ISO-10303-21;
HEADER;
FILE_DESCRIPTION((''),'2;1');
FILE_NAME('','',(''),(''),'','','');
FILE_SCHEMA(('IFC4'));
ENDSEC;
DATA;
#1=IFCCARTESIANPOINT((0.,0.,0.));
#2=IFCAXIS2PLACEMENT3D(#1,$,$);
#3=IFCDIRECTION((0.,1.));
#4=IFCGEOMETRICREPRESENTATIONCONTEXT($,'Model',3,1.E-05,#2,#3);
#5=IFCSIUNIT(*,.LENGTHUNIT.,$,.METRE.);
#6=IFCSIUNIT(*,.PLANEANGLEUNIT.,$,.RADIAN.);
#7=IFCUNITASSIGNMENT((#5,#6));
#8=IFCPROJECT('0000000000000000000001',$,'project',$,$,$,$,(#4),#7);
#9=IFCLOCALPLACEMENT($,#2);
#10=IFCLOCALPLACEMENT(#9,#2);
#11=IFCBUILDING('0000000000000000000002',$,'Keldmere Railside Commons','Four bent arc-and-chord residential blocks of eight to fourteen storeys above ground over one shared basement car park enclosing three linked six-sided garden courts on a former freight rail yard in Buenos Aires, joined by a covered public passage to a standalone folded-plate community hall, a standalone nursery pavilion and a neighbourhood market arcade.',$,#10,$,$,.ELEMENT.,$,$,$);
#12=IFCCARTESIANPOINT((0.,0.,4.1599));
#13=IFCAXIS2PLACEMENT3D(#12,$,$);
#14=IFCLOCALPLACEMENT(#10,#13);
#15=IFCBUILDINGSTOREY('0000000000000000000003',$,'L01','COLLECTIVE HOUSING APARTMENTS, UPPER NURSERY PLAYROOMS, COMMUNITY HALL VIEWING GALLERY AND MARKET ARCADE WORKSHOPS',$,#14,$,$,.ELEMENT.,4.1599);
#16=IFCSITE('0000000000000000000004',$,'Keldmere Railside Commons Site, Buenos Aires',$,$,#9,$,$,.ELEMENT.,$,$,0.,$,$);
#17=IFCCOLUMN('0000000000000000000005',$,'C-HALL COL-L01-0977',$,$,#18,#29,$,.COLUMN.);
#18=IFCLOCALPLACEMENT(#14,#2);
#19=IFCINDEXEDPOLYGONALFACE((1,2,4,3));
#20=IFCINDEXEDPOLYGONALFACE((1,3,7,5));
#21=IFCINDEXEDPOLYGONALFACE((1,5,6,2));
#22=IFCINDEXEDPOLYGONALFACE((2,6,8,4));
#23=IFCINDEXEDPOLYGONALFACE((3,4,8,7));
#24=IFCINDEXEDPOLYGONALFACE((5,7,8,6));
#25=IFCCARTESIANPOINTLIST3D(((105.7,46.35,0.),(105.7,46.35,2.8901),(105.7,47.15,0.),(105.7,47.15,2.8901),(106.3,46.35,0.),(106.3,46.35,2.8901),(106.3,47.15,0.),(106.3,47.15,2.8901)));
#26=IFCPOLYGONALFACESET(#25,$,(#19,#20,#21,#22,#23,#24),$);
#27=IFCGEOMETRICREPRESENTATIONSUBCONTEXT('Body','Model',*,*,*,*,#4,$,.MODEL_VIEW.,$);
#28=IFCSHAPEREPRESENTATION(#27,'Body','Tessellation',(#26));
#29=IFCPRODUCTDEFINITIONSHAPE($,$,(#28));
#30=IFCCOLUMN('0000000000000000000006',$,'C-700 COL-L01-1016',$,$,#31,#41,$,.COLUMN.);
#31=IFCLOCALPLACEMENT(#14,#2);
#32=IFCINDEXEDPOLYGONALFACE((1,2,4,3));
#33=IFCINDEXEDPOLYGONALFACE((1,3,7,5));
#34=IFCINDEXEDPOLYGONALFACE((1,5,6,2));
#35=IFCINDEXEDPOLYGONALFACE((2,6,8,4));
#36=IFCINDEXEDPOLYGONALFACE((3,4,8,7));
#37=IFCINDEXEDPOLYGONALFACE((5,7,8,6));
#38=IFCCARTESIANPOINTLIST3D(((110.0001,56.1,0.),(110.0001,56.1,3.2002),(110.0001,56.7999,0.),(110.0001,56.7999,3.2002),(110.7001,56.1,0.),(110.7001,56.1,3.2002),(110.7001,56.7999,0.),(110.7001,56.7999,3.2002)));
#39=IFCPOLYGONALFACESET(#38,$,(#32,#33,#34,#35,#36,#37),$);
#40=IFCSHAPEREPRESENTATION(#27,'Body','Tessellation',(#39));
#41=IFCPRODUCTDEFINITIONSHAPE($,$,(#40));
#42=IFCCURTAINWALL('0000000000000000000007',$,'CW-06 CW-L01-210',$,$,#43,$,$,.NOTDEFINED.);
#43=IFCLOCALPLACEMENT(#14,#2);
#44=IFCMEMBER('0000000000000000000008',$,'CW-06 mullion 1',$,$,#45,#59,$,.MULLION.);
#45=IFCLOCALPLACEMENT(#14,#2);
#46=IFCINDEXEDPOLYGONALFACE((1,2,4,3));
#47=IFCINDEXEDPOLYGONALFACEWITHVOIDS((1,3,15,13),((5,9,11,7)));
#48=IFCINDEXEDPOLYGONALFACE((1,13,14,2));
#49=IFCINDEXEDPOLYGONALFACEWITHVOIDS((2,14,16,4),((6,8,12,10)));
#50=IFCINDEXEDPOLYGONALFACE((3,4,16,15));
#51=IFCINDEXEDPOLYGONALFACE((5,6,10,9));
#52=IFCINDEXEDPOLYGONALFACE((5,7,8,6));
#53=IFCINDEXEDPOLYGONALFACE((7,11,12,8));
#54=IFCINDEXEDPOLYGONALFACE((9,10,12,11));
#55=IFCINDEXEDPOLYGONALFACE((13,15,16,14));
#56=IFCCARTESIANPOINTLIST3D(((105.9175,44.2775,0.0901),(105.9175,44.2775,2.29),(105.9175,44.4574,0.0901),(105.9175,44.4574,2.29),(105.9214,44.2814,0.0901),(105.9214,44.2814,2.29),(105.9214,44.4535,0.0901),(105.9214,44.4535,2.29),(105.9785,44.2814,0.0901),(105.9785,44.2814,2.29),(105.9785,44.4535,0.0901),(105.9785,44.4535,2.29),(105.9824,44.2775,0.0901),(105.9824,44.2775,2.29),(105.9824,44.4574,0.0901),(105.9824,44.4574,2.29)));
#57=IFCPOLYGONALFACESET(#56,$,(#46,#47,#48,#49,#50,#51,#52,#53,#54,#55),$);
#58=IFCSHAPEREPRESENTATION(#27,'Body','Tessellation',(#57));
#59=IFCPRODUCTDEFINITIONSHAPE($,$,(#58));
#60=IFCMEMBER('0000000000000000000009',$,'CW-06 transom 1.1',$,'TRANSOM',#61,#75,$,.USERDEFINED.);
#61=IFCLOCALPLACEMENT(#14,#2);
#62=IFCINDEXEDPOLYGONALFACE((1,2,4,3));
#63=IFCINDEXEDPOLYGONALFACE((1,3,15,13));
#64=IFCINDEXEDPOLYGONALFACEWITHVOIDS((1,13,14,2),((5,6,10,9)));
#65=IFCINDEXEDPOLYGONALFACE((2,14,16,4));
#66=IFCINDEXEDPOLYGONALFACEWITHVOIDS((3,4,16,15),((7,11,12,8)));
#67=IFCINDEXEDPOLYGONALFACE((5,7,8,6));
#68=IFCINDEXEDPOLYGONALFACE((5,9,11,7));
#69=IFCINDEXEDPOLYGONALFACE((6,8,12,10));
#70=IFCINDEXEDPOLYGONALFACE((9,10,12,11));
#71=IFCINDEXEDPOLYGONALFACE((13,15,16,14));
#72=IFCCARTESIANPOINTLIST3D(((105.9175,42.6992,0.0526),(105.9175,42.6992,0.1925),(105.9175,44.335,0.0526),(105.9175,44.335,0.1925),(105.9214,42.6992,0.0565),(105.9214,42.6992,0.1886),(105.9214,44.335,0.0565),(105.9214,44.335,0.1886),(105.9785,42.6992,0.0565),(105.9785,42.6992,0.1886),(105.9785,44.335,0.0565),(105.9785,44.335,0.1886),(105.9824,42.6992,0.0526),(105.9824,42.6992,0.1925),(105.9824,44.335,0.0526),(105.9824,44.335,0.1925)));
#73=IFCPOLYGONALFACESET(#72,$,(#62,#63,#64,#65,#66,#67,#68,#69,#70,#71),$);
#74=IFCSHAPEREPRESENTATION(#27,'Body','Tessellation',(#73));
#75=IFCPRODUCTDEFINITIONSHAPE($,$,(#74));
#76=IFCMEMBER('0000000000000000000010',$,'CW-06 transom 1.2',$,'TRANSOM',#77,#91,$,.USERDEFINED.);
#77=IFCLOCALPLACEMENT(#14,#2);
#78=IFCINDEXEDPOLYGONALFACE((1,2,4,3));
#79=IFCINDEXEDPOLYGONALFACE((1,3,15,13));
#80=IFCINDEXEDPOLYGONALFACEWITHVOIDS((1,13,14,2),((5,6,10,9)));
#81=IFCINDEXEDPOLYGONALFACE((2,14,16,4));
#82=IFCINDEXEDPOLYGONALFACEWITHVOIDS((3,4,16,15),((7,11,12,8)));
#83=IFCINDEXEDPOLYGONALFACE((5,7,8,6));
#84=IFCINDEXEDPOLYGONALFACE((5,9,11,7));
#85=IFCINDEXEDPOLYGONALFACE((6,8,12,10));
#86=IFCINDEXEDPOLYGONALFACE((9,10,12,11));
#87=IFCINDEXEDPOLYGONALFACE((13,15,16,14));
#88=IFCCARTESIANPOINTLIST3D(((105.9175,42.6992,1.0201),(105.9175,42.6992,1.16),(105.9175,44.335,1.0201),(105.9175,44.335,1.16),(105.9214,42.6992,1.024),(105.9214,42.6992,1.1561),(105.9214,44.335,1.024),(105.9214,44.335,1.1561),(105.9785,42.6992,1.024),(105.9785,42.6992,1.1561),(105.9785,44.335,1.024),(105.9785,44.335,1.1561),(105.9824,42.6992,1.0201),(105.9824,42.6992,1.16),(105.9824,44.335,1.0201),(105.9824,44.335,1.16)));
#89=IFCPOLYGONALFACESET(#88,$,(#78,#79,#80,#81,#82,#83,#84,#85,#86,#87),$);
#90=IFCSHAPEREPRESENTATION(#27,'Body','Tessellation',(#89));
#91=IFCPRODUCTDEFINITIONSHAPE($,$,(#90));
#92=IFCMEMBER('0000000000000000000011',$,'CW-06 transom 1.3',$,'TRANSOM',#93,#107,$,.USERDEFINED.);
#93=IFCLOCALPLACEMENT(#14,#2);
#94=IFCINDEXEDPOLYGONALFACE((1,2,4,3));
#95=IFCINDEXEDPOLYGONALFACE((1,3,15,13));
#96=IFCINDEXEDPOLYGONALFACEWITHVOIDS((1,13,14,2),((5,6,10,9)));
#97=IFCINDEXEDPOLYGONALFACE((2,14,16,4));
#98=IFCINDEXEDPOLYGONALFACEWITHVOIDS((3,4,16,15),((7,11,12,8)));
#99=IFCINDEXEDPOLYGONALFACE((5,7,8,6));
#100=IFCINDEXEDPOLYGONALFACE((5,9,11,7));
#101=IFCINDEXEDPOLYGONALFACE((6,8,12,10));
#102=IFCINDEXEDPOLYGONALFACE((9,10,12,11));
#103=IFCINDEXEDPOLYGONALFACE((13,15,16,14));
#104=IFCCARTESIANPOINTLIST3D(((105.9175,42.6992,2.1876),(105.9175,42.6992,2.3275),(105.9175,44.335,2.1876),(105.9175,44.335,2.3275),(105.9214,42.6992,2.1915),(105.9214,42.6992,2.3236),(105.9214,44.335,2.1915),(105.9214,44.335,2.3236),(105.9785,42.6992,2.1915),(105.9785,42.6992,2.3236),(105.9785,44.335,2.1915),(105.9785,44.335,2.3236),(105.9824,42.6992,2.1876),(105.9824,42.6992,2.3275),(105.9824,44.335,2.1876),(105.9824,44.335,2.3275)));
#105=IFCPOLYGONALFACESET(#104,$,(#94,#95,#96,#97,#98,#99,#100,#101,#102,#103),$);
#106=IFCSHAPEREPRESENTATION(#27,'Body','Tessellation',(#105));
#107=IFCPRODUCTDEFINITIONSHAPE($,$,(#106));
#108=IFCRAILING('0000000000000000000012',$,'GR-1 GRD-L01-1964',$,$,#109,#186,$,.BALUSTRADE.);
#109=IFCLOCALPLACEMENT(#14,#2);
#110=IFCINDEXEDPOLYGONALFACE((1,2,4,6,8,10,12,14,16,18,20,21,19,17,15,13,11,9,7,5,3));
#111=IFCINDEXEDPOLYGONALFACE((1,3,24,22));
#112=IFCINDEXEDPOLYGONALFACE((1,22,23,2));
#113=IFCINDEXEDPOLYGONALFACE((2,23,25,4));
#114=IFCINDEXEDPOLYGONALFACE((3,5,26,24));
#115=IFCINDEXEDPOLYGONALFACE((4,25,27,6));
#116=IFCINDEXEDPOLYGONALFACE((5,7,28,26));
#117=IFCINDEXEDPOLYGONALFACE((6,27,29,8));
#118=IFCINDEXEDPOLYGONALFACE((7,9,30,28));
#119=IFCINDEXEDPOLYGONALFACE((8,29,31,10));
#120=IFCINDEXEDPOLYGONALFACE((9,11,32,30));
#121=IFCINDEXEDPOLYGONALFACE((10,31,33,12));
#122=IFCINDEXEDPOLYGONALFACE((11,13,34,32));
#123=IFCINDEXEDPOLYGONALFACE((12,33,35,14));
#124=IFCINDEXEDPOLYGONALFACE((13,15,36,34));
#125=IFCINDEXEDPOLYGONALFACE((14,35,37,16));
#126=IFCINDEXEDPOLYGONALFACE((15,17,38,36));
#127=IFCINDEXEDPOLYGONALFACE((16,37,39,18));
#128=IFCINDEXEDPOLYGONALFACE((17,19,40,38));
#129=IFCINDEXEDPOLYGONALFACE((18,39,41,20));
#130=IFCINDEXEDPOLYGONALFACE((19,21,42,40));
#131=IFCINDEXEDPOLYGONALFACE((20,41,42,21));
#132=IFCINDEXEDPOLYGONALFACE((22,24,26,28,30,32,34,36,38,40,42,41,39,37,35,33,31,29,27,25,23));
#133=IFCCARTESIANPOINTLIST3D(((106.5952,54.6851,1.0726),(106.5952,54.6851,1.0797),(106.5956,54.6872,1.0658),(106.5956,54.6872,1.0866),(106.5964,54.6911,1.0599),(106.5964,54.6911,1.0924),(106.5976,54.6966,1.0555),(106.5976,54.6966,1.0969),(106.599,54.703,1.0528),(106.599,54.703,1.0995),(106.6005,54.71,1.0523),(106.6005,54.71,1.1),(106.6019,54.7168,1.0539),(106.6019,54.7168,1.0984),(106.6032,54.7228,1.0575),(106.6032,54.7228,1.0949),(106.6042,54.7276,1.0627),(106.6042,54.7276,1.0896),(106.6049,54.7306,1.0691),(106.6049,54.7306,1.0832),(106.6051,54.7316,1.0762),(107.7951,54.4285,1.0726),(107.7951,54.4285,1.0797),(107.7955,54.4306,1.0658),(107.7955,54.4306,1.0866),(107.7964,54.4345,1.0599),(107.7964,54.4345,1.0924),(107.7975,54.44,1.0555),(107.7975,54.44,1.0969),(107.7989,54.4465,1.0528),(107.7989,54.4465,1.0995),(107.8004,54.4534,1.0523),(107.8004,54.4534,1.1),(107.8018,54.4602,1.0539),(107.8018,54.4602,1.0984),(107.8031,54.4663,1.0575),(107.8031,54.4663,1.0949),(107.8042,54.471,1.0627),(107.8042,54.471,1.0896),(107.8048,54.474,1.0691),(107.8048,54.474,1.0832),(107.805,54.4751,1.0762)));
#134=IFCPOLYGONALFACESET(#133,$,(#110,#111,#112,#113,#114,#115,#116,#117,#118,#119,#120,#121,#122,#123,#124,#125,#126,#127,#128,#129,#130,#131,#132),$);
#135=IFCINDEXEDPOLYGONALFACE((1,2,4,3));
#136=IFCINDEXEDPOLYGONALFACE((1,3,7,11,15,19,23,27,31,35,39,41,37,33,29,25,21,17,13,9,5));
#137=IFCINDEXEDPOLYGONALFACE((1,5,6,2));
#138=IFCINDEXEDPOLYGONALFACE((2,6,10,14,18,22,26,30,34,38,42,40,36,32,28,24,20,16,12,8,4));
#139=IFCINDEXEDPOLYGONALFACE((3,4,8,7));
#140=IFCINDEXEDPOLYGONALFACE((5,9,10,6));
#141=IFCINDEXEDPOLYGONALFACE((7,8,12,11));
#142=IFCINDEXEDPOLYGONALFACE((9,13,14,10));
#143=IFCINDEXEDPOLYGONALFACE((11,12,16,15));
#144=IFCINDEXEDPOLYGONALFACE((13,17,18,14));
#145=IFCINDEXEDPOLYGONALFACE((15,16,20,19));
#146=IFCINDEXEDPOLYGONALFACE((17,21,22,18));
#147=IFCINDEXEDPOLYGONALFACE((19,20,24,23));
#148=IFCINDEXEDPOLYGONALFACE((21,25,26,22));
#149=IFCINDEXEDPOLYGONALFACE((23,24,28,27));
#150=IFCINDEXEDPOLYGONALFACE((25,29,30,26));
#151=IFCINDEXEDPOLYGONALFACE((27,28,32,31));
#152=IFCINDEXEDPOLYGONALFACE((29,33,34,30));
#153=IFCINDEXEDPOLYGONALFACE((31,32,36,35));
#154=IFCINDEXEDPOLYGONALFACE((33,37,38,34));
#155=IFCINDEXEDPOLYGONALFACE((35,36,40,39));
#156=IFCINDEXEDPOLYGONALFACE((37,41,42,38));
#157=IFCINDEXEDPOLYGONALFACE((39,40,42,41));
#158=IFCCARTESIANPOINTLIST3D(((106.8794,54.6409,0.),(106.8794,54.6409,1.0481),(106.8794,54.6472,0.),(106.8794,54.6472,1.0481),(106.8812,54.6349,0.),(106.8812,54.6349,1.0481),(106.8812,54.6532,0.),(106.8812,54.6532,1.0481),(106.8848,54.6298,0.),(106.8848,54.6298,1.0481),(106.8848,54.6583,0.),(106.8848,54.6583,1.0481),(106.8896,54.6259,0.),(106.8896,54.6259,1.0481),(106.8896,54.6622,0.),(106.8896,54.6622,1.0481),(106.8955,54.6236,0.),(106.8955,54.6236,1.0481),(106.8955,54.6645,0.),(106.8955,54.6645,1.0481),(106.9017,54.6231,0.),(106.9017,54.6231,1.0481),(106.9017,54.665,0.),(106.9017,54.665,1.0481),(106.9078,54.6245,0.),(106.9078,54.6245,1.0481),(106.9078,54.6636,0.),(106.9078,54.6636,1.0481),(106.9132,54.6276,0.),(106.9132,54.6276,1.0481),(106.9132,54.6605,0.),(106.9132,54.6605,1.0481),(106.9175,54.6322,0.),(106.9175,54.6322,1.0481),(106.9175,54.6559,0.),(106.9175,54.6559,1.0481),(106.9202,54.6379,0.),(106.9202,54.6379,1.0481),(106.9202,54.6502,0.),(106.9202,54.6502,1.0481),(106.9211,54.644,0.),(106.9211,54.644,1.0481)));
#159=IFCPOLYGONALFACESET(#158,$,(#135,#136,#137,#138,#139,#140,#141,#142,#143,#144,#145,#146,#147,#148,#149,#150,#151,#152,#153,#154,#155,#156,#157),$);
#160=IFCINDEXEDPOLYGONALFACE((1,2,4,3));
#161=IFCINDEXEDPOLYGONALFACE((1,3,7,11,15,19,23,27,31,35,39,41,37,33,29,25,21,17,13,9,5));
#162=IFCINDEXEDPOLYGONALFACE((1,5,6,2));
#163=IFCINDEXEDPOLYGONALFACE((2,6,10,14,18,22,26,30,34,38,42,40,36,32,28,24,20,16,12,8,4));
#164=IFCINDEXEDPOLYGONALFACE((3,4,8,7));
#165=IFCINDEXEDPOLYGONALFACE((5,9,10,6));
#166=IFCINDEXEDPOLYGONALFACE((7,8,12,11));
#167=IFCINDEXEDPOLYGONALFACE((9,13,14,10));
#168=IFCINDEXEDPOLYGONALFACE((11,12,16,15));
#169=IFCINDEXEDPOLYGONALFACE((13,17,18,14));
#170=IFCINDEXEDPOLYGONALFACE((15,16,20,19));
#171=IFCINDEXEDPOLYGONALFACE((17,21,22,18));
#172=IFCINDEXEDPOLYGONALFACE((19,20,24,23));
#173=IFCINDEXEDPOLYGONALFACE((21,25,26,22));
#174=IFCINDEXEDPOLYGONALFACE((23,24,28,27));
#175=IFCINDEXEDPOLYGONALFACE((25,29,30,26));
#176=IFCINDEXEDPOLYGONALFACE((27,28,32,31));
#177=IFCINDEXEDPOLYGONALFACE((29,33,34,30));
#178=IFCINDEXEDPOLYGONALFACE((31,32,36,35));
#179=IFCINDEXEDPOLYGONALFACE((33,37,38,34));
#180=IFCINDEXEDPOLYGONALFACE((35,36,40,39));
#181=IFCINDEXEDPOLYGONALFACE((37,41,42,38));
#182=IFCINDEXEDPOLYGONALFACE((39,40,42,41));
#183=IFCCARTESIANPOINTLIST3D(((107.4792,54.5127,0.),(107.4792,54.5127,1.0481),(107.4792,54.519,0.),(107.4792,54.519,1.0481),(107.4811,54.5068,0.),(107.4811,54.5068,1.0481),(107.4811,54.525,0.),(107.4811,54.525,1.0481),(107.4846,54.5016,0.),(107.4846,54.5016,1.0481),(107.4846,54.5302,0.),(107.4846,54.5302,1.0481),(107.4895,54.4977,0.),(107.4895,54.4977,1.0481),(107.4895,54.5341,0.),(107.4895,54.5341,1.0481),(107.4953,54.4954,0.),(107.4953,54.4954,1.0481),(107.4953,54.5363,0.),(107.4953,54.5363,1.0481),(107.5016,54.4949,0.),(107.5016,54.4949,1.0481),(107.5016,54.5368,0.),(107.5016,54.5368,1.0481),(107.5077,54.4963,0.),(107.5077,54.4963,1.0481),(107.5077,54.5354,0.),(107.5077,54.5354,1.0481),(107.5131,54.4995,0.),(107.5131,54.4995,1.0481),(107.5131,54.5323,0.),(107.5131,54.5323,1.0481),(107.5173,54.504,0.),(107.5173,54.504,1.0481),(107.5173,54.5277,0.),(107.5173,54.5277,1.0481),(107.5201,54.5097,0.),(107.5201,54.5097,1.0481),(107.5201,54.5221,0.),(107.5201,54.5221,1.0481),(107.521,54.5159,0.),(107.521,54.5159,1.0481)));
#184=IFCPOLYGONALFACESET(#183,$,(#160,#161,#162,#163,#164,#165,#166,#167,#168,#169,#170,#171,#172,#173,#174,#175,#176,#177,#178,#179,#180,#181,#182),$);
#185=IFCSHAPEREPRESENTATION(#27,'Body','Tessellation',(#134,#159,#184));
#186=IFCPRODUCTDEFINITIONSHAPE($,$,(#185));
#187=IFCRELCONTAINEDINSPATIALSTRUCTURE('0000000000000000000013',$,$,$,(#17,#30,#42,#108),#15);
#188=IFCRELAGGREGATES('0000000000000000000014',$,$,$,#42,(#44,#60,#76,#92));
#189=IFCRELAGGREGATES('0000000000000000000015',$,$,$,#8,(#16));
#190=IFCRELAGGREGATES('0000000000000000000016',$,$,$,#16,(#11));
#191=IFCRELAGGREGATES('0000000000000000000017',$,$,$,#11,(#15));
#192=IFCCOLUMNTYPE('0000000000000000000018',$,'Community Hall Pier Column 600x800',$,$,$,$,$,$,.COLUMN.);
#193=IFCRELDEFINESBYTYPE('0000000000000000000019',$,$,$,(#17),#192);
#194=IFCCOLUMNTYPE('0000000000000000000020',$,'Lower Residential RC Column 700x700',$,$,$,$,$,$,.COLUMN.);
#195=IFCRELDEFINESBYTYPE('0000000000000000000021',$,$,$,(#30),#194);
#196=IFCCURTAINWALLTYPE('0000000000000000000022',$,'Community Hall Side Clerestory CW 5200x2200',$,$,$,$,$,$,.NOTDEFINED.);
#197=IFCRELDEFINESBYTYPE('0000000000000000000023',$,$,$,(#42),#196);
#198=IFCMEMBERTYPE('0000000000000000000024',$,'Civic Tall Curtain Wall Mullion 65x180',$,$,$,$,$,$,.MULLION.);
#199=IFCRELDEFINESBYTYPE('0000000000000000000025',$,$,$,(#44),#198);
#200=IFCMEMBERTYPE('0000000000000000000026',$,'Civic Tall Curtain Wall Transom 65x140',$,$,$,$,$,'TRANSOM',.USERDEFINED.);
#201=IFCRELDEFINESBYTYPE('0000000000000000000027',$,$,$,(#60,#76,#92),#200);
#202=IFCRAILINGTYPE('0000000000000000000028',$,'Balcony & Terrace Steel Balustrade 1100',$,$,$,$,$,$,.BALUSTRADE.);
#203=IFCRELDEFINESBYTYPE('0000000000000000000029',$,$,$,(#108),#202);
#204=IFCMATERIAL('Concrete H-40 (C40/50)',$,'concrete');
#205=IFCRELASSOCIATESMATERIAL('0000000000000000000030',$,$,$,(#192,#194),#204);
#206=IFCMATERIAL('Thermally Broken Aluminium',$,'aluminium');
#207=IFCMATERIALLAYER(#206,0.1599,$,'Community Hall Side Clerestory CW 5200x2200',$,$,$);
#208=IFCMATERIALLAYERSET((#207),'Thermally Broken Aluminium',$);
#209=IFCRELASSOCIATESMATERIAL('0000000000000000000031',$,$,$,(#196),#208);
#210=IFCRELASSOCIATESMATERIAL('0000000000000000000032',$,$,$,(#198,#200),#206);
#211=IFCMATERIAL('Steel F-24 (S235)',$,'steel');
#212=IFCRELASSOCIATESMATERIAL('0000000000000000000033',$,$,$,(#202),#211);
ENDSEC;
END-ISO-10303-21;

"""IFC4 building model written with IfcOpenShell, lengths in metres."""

from ifc_helpers import new_model, si_unit, direction, frame, origin, origin_2d, place, context, subcontext, project, spatial, rectangle, hollow_rectangle, circle, extrude, material, layer, layer_set, material_profile, profile_set, type_object, element, aggregate, save


model = new_model("IFC4")

# Units and contexts
model_context = context("Model", 3, precision=1e-05, world=origin(), true_north=direction((0.0, 1.0)))
body_context = subcontext(model_context, "Body", "Model", "MODEL_VIEW")
ifc_project = project(units=[si_unit("LENGTHUNIT", "METRE"), si_unit("PLANEANGLEUNIT", "RADIAN")], contexts=[model_context])

# Site, building, storey
site_placement = place(None, origin())
site = spatial("IfcSite", under=ifc_project, at=site_placement, Name="Keldmere Railside Commons Site, Buenos Aires", CompositionType="ELEMENT", RefElevation=0.0)
building_placement = place(site_placement, origin())
building = spatial("IfcBuilding", under=site, at=building_placement, Name="Keldmere Railside Commons", Description="Four bent arc-and-chord residential blocks of eight to fourteen storeys above ground over one shared basement car park enclosing three linked six-sided garden courts on a former freight rail yard in Buenos Aires, joined by a covered public passage to a standalone folded-plate community hall, a standalone nursery pavilion and a neighbourhood market arcade.", CompositionType="ELEMENT")
storey_placement = place(building_placement, frame((0.0, 0.0, 4.1599)))
storey = spatial("IfcBuildingStorey", under=building, at=storey_placement, Name="L01", Description="COLLECTIVE HOUSING APARTMENTS, UPPER NURSERY PLAYROOMS, COMMUNITY HALL VIEWING GALLERY AND MARKET ARCADE WORKSHOPS", CompositionType="ELEMENT", Elevation=4.1599)

# Columns
ifc_material_1 = material(Name="Concrete H-40 (C40/50)", Category="concrete")
ifc_material_profile_1 = material_profile(ifc_material_1, rectangle(XDim=0.6001, YDim=0.8, at=origin_2d()), Name="RC-600x800")
ifc_profile_set_1 = profile_set([ifc_material_profile_1], Name="Concrete H-40 (C40/50)")
column_type_1 = type_object("IfcColumnType", Name="Community Hall Pier Column 600x800", PredefinedType="COLUMN", material=ifc_profile_set_1)
column_1_placement = place(storey_placement, frame((106.0, 46.75, 0.0), z_axis=(0.0, 0.0, 1.0), x_axis=(1.0, 0.0, 0.0)))
element("IfcColumn", 1, at=column_1_placement, inside=storey, type_object=column_type_1, Name="C-HALL COL-L01-0977", PredefinedType="COLUMN", context=body_context, shape_type="SweptSolid", body=[
    extrude(rectangle(XDim=0.6001, YDim=0.8, at=origin_2d()), origin(), (0.0, 0.0, 1.0), 2.8901),
])
ifc_material_profile_2 = material_profile(ifc_material_1, rectangle(XDim=0.7, YDim=0.7, at=origin_2d()), Name="RC-700x700")
ifc_profile_set_2 = profile_set([ifc_material_profile_2], Name="Concrete H-40 (C40/50)")
column_type_2 = type_object("IfcColumnType", Name="Lower Residential RC Column 700x700", PredefinedType="COLUMN", material=ifc_profile_set_2)
column_2_placement = place(storey_placement, frame((110.3501, 56.45, 0.0), z_axis=(0.0, 0.0, 1.0), x_axis=(1.0, 0.0, 0.0)))
element("IfcColumn", 2, at=column_2_placement, inside=storey, type_object=column_type_2, Name="C-700 COL-L01-1016", PredefinedType="COLUMN", context=body_context, shape_type="SweptSolid", body=[
    extrude(rectangle(XDim=0.7, YDim=0.7, at=origin_2d()), origin(), (0.0, 0.0, 1.0), 3.2002),
])

# Curtain wall, members
ifc_material_2 = material(Name="Thermally Broken Aluminium", Category="aluminium")
ifc_layer = layer(ifc_material_2, 0.1599, Name="Community Hall Side Clerestory CW 5200x2200")
ifc_layer_set = layer_set([ifc_layer], Name="Thermally Broken Aluminium")
curtain_wall_type = type_object("IfcCurtainWallType", Name="Community Hall Side Clerestory CW 5200x2200", PredefinedType="NOTDEFINED", material=ifc_layer_set)
curtain_wall_placement = place(storey_placement, origin())
curtain_wall = element("IfcCurtainWall", 3, at=curtain_wall_placement, inside=storey, type_object=curtain_wall_type, Name="CW-06 CW-L01-210", PredefinedType="NOTDEFINED")
ifc_material_profile_3 = material_profile(ifc_material_2, hollow_rectangle(XDim=0.0649, YDim=0.1799, WallThickness=0.0039, at=origin_2d()), Name="ALU-MULL-65x180")
ifc_profile_set_3 = profile_set([ifc_material_profile_3], Name="Thermally Broken Aluminium")
member_type_1 = type_object("IfcMemberType", Name="Civic Tall Curtain Wall Mullion 65x180", PredefinedType="MULLION", material=ifc_profile_set_3)
member_1_placement = place(storey_placement, frame((105.95, 44.3674, 0.0901), z_axis=(0.0, 0.0, 1.0), x_axis=(1.0, 0.0, 0.0)))
member_1 = element("IfcMember", 4, at=member_1_placement, type_object=member_type_1, Name="CW-06 mullion 1", PredefinedType="MULLION", context=body_context, shape_type="SweptSolid", body=[
    extrude(hollow_rectangle(XDim=0.0649, YDim=0.1799, WallThickness=0.0039, at=origin_2d()), origin(), (0.0, 0.0, 1.0), 2.2),
])
ifc_material_profile_4 = material_profile(ifc_material_2, hollow_rectangle(XDim=0.0649, YDim=0.1399, WallThickness=0.0039, at=origin_2d()), Name="ALU-TRAN-65x140")
ifc_profile_set_4 = profile_set([ifc_material_profile_4], Name="Thermally Broken Aluminium")
member_type_2 = type_object("IfcMemberType", Name="Civic Tall Curtain Wall Transom 65x140", ElementType="TRANSOM", PredefinedType="USERDEFINED", material=ifc_profile_set_4)
member_2_placement = place(storey_placement, frame((105.95, 44.335, 0.1226), z_axis=(0.0, -1.0, 0.0), x_axis=(1.0, 0.0, 0.0)))
member_2 = element("IfcMember", 5, at=member_2_placement, type_object=member_type_2, Name="CW-06 transom 1.1", ObjectType="TRANSOM", PredefinedType="USERDEFINED", context=body_context, shape_type="SweptSolid", body=[
    extrude(hollow_rectangle(XDim=0.0649, YDim=0.1399, WallThickness=0.0039, at=origin_2d()), origin(), (0.0, 0.0, 1.0), 1.6357),
])
member_3_placement = place(storey_placement, frame((105.95, 44.335, 1.0901), z_axis=(0.0, -1.0, 0.0), x_axis=(1.0, 0.0, 0.0)))
member_3 = element("IfcMember", 6, at=member_3_placement, type_object=member_type_2, Name="CW-06 transom 1.2", ObjectType="TRANSOM", PredefinedType="USERDEFINED", context=body_context, shape_type="SweptSolid", body=[
    extrude(hollow_rectangle(XDim=0.0649, YDim=0.1399, WallThickness=0.0039, at=origin_2d()), origin(), (0.0, 0.0, 1.0), 1.6357),
])
member_4_placement = place(storey_placement, frame((105.95, 44.335, 2.2576), z_axis=(0.0, -1.0, 0.0), x_axis=(1.0, 0.0, 0.0)))
member_4 = element("IfcMember", 7, at=member_4_placement, type_object=member_type_2, Name="CW-06 transom 1.3", ObjectType="TRANSOM", PredefinedType="USERDEFINED", context=body_context, shape_type="SweptSolid", body=[
    extrude(hollow_rectangle(XDim=0.0649, YDim=0.1399, WallThickness=0.0039, at=origin_2d()), origin(), (0.0, 0.0, 1.0), 1.6357),
])
aggregate(curtain_wall, [member_1, member_2, member_3, member_4])

# Railing
ifc_material_3 = material(Name="Steel F-24 (S235)", Category="steel")
railing_type = type_object("IfcRailingType", Name="Balcony & Terrace Steel Balustrade 1100", PredefinedType="BALUSTRADE", material=ifc_material_3)
railing_1_placement = place(storey_placement, frame((106.6001, 54.7083, 0.0)))
element("IfcRailing", 8, at=railing_1_placement, inside=storey, type_object=railing_type, Name="GR-1 GRD-L01-1964", PredefinedType="BALUSTRADE", context=body_context, shape_type="SweptSolid", body=[
    extrude(circle(Radius=0.0239, at=origin_2d()), frame((0.0, 0.0, 1.0762), z_axis=(0.977893, -0.209108, 0.0), x_axis=(0.209108, 0.977893, 0.0)), (0.0, 0.0, 1.0), 1.2271),
    extrude(circle(Radius=0.021, at=origin_2d()), frame((0.3, -0.0642, 0.0)), (0.0, 0.0, 1.0), 1.0481),
    extrude(circle(Radius=0.021, at=origin_2d()), frame((0.8999, -0.1924, 0.0)), (0.0, 0.0, 1.0), 1.0481),
])

save(model, "model.ifc")
